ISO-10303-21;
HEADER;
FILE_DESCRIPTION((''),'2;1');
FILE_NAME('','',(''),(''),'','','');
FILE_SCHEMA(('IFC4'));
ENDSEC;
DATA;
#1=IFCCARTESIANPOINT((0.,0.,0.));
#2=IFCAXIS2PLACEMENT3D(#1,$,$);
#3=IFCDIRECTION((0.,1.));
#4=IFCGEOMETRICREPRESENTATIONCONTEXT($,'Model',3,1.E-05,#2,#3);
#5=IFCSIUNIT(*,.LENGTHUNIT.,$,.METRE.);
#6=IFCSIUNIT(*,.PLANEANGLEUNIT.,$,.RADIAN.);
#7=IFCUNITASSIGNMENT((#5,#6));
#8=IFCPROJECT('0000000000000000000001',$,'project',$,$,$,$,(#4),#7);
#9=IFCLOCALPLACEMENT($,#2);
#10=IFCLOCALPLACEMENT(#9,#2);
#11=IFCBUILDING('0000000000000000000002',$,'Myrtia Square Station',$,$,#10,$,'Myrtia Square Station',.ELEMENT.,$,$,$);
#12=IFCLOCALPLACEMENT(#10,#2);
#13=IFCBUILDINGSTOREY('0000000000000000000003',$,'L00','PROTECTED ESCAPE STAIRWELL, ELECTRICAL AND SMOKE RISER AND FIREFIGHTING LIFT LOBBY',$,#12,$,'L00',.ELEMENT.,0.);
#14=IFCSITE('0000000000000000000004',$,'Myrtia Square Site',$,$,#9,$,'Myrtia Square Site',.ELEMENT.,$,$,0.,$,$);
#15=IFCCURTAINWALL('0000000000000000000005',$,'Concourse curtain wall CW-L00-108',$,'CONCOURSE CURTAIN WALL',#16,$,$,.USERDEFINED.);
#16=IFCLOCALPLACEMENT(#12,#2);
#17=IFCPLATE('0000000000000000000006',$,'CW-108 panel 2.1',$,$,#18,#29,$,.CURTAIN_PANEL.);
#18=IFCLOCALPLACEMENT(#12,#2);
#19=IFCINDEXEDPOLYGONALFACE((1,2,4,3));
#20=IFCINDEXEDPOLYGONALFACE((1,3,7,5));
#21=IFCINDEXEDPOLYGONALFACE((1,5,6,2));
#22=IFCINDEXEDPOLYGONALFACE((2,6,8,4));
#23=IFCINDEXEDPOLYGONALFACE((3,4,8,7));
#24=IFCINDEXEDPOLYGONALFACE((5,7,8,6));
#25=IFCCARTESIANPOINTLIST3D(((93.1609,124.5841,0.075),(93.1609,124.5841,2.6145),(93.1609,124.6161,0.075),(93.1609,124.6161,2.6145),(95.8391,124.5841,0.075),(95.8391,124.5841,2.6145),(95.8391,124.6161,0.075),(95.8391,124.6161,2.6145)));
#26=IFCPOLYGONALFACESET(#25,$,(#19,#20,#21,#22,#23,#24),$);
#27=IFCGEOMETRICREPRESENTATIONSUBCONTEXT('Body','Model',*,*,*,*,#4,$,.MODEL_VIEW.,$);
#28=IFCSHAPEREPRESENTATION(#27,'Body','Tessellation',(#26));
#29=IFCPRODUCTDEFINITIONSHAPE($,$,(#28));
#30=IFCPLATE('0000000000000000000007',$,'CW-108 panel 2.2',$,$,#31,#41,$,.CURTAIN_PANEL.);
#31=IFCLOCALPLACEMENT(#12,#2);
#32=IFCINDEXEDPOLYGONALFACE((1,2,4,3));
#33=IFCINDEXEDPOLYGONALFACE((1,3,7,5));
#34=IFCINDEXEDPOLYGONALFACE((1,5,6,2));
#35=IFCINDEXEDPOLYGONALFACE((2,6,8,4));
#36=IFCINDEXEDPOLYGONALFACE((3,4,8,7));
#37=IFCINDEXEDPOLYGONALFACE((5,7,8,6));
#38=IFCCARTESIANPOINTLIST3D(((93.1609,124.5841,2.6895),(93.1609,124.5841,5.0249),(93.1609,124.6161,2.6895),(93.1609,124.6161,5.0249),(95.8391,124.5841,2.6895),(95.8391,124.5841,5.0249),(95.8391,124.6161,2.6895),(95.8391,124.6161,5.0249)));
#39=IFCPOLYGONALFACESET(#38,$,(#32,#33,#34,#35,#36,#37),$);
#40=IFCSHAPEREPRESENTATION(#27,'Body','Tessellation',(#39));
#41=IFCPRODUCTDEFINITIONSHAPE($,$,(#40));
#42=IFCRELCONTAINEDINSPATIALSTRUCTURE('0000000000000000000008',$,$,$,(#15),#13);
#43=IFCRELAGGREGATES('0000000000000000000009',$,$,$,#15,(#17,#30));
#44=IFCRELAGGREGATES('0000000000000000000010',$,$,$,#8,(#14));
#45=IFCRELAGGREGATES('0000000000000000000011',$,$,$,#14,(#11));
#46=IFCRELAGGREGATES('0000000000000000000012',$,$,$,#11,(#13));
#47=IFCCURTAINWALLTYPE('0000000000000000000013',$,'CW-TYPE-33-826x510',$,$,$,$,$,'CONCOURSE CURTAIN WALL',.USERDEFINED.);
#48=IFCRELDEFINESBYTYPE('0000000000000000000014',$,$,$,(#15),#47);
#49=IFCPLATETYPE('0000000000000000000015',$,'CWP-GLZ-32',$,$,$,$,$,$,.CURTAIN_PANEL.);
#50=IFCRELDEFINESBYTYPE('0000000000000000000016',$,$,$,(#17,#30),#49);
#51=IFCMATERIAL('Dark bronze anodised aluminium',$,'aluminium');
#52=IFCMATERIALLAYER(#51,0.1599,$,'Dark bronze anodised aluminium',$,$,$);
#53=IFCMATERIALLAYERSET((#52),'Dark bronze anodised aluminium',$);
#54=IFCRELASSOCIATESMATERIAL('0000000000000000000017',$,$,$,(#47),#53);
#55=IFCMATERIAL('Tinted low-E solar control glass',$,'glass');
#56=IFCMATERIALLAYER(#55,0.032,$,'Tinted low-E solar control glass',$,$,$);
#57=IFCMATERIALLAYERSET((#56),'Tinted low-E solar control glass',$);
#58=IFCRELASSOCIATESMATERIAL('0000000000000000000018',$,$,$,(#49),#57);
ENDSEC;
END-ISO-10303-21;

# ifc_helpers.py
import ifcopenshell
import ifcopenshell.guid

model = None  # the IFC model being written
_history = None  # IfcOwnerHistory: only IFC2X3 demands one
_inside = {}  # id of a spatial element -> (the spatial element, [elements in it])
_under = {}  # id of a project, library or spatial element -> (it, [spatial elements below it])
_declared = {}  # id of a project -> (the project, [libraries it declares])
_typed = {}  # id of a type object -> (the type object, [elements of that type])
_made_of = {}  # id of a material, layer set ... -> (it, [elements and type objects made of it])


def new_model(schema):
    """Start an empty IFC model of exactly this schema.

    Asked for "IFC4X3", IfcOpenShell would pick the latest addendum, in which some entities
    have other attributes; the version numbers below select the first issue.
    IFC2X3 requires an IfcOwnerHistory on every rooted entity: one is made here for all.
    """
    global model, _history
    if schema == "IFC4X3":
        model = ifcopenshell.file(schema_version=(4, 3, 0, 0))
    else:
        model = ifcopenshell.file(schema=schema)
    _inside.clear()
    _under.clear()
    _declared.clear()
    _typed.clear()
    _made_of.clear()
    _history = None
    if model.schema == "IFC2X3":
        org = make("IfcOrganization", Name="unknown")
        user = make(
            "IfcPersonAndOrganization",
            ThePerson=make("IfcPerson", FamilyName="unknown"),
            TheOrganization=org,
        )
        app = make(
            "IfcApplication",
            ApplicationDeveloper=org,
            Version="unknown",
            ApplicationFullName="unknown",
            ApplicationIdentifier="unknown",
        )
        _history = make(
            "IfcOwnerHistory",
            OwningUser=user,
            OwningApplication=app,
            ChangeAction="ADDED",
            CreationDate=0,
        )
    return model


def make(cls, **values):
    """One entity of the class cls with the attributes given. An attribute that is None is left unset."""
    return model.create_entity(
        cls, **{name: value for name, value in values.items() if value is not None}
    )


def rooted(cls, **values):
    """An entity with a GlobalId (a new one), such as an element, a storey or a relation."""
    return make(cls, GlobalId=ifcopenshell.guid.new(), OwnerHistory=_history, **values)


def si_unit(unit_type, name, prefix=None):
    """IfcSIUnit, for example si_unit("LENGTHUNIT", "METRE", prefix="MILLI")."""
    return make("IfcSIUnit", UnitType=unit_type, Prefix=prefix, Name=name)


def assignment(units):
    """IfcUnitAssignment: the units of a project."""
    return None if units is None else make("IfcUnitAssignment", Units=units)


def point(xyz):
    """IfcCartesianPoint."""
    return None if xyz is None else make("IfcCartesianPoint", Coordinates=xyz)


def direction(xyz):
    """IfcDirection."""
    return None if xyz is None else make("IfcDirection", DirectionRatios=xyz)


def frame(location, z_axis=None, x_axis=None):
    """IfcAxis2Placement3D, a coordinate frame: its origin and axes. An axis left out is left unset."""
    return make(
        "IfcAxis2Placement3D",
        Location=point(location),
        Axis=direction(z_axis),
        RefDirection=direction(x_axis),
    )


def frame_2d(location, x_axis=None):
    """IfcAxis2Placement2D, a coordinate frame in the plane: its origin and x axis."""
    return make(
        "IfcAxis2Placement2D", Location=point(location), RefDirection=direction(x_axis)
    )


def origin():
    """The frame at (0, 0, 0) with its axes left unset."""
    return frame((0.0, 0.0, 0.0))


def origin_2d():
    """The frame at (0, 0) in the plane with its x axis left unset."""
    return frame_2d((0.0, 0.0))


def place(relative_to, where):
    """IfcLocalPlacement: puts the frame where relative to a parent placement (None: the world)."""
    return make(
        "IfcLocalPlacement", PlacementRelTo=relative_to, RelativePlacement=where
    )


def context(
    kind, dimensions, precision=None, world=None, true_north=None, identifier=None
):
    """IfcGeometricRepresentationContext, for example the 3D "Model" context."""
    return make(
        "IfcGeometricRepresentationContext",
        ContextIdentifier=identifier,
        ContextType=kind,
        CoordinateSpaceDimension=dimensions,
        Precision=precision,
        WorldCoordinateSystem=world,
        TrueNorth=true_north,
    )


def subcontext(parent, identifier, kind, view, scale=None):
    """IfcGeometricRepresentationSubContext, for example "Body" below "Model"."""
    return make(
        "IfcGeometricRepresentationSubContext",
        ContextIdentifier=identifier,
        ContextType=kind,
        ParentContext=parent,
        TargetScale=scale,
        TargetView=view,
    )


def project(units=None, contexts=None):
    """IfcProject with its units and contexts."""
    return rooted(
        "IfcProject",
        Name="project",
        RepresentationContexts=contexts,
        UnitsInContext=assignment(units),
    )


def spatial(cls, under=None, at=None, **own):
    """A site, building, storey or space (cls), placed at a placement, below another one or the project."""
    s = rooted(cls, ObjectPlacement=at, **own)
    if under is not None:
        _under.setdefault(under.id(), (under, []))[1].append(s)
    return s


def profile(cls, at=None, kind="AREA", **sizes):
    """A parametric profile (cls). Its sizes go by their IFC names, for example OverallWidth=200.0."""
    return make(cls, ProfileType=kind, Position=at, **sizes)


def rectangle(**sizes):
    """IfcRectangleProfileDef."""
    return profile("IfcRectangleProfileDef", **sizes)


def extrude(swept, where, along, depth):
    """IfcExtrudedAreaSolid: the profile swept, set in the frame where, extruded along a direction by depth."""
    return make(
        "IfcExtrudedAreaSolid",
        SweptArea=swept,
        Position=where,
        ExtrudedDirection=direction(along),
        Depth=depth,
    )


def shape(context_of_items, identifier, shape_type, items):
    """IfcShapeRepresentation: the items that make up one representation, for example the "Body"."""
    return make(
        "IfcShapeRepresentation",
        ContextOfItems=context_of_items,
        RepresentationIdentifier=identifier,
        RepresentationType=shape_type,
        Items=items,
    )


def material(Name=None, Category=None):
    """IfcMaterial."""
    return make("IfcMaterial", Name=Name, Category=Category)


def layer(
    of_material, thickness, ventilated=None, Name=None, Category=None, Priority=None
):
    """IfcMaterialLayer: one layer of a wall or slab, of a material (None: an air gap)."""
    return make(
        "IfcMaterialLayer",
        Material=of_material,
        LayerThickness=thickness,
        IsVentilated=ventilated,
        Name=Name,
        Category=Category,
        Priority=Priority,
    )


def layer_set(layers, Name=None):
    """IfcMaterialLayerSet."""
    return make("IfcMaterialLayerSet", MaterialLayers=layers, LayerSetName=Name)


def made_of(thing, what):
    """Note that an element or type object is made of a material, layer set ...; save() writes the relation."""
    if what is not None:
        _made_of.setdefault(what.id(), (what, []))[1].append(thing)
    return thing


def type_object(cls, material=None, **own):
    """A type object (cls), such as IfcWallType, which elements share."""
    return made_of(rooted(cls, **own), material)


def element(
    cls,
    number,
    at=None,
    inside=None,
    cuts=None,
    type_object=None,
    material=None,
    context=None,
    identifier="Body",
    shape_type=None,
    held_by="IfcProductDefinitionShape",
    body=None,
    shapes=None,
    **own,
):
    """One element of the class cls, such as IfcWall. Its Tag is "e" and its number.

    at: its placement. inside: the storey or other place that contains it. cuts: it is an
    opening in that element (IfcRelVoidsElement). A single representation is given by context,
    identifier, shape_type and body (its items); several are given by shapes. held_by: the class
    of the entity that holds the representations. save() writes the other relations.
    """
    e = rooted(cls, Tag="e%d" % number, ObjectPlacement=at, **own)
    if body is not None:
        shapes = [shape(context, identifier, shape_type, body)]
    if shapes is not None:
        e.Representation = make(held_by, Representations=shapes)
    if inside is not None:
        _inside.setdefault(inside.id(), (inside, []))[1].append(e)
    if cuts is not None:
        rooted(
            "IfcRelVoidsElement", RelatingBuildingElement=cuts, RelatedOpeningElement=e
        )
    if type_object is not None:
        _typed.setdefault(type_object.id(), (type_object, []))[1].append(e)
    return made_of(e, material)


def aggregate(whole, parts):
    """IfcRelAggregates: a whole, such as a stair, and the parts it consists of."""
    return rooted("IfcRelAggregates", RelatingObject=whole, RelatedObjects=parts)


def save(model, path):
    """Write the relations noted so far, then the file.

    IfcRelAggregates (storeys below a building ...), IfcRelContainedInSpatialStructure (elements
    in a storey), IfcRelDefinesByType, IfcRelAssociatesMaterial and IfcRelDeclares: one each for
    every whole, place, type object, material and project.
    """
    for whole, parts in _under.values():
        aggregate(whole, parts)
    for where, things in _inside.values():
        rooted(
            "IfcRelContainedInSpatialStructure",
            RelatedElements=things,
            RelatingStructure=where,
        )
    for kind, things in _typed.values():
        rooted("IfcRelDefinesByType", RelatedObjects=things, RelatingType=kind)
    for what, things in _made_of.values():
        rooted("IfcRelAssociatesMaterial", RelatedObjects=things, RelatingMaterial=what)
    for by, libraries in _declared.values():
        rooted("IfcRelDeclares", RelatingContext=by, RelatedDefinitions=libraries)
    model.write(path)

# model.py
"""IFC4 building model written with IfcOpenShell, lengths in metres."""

from ifc_helpers import new_model, si_unit, direction, frame, origin, origin_2d, place, context, subcontext, project, spatial, rectangle, extrude, material, layer, layer_set, type_object, element, aggregate, save


model = new_model("IFC4")

# Units and contexts
model_context = context("Model", 3, precision=1e-05, world=origin(), true_north=direction((0.0, 1.0)))
body_context = subcontext(model_context, "Body", "Model", "MODEL_VIEW")
ifc_project = project(units=[si_unit("LENGTHUNIT", "METRE"), si_unit("PLANEANGLEUNIT", "RADIAN")], contexts=[model_context])

# Site, building, storey
site_placement = place(None, origin())
site = spatial("IfcSite", under=ifc_project, at=site_placement, Name="Myrtia Square Site", LongName="Myrtia Square Site", CompositionType="ELEMENT", RefElevation=0.0)
building_placement = place(site_placement, origin())
building = spatial("IfcBuilding", under=site, at=building_placement, Name="Myrtia Square Station", LongName="Myrtia Square Station", CompositionType="ELEMENT")
storey_placement = place(building_placement, origin())
storey = spatial("IfcBuildingStorey", under=building, at=storey_placement, Name="L00", Description="PROTECTED ESCAPE STAIRWELL, ELECTRICAL AND SMOKE RISER AND FIREFIGHTING LIFT LOBBY", LongName="L00", CompositionType="ELEMENT", Elevation=0.0)

# Curtain wall
ifc_material_1 = material(Name="Dark bronze anodised aluminium", Category="aluminium")
ifc_layer_1 = layer(ifc_material_1, 0.1599, Name="Dark bronze anodised aluminium")
ifc_layer_set_1 = layer_set([ifc_layer_1], Name="Dark bronze anodised aluminium")
curtain_wall_type = type_object("IfcCurtainWallType", Name="CW-TYPE-33-826x510", ElementType="CONCOURSE CURTAIN WALL", PredefinedType="USERDEFINED", material=ifc_layer_set_1)
curtain_wall_1_placement = place(storey_placement, origin())
curtain_wall_1 = element("IfcCurtainWall", 1, at=curtain_wall_1_placement, inside=storey, type_object=curtain_wall_type, Name="Concourse curtain wall CW-L00-108", ObjectType="CONCOURSE CURTAIN WALL", PredefinedType="USERDEFINED")

# Plates
ifc_material_2 = material(Name="Tinted low-E solar control glass", Category="glass")
ifc_layer_2 = layer(ifc_material_2, 0.032, Name="Tinted low-E solar control glass")
ifc_layer_set_2 = layer_set([ifc_layer_2], Name="Tinted low-E solar control glass")
plate_type_1 = type_object("IfcPlateType", Name="CWP-GLZ-32", PredefinedType="CURTAIN_PANEL", material=ifc_layer_set_2)
plate_1_placement = place(storey_placement, frame((94.5, 124.6001, 0.075), z_axis=(0.0, 0.0, 1.0), x_axis=(1.0, 0.0, 0.0)))
plate_1 = element("IfcPlate", 2, at=plate_1_placement, type_object=plate_type_1, Name="CW-108 panel 2.1", PredefinedType="CURTAIN_PANEL", context=body_context, shape_type="SweptSolid", body=[
    extrude(rectangle(XDim=2.6782, YDim=0.032, at=origin_2d()), origin(), (0.0, 0.0, 1.0), 2.5396),
])
plate_2_placement = place(storey_placement, frame((94.5, 124.6001, 2.6895), z_axis=(0.0, 0.0, 1.0), x_axis=(1.0, 0.0, 0.0)))
plate_2 = element("IfcPlate", 3, at=plate_2_placement, type_object=plate_type_1, Name="CW-108 panel 2.2", PredefinedType="CURTAIN_PANEL", context=body_context, shape_type="SweptSolid", body=[
    extrude(rectangle(XDim=2.6782, YDim=0.032, at=origin_2d()), origin(), (0.0, 0.0, 1.0), 2.3354),
])
aggregate(curtain_wall_1, [plate_1, plate_2])

save(model, "model.ifc")
